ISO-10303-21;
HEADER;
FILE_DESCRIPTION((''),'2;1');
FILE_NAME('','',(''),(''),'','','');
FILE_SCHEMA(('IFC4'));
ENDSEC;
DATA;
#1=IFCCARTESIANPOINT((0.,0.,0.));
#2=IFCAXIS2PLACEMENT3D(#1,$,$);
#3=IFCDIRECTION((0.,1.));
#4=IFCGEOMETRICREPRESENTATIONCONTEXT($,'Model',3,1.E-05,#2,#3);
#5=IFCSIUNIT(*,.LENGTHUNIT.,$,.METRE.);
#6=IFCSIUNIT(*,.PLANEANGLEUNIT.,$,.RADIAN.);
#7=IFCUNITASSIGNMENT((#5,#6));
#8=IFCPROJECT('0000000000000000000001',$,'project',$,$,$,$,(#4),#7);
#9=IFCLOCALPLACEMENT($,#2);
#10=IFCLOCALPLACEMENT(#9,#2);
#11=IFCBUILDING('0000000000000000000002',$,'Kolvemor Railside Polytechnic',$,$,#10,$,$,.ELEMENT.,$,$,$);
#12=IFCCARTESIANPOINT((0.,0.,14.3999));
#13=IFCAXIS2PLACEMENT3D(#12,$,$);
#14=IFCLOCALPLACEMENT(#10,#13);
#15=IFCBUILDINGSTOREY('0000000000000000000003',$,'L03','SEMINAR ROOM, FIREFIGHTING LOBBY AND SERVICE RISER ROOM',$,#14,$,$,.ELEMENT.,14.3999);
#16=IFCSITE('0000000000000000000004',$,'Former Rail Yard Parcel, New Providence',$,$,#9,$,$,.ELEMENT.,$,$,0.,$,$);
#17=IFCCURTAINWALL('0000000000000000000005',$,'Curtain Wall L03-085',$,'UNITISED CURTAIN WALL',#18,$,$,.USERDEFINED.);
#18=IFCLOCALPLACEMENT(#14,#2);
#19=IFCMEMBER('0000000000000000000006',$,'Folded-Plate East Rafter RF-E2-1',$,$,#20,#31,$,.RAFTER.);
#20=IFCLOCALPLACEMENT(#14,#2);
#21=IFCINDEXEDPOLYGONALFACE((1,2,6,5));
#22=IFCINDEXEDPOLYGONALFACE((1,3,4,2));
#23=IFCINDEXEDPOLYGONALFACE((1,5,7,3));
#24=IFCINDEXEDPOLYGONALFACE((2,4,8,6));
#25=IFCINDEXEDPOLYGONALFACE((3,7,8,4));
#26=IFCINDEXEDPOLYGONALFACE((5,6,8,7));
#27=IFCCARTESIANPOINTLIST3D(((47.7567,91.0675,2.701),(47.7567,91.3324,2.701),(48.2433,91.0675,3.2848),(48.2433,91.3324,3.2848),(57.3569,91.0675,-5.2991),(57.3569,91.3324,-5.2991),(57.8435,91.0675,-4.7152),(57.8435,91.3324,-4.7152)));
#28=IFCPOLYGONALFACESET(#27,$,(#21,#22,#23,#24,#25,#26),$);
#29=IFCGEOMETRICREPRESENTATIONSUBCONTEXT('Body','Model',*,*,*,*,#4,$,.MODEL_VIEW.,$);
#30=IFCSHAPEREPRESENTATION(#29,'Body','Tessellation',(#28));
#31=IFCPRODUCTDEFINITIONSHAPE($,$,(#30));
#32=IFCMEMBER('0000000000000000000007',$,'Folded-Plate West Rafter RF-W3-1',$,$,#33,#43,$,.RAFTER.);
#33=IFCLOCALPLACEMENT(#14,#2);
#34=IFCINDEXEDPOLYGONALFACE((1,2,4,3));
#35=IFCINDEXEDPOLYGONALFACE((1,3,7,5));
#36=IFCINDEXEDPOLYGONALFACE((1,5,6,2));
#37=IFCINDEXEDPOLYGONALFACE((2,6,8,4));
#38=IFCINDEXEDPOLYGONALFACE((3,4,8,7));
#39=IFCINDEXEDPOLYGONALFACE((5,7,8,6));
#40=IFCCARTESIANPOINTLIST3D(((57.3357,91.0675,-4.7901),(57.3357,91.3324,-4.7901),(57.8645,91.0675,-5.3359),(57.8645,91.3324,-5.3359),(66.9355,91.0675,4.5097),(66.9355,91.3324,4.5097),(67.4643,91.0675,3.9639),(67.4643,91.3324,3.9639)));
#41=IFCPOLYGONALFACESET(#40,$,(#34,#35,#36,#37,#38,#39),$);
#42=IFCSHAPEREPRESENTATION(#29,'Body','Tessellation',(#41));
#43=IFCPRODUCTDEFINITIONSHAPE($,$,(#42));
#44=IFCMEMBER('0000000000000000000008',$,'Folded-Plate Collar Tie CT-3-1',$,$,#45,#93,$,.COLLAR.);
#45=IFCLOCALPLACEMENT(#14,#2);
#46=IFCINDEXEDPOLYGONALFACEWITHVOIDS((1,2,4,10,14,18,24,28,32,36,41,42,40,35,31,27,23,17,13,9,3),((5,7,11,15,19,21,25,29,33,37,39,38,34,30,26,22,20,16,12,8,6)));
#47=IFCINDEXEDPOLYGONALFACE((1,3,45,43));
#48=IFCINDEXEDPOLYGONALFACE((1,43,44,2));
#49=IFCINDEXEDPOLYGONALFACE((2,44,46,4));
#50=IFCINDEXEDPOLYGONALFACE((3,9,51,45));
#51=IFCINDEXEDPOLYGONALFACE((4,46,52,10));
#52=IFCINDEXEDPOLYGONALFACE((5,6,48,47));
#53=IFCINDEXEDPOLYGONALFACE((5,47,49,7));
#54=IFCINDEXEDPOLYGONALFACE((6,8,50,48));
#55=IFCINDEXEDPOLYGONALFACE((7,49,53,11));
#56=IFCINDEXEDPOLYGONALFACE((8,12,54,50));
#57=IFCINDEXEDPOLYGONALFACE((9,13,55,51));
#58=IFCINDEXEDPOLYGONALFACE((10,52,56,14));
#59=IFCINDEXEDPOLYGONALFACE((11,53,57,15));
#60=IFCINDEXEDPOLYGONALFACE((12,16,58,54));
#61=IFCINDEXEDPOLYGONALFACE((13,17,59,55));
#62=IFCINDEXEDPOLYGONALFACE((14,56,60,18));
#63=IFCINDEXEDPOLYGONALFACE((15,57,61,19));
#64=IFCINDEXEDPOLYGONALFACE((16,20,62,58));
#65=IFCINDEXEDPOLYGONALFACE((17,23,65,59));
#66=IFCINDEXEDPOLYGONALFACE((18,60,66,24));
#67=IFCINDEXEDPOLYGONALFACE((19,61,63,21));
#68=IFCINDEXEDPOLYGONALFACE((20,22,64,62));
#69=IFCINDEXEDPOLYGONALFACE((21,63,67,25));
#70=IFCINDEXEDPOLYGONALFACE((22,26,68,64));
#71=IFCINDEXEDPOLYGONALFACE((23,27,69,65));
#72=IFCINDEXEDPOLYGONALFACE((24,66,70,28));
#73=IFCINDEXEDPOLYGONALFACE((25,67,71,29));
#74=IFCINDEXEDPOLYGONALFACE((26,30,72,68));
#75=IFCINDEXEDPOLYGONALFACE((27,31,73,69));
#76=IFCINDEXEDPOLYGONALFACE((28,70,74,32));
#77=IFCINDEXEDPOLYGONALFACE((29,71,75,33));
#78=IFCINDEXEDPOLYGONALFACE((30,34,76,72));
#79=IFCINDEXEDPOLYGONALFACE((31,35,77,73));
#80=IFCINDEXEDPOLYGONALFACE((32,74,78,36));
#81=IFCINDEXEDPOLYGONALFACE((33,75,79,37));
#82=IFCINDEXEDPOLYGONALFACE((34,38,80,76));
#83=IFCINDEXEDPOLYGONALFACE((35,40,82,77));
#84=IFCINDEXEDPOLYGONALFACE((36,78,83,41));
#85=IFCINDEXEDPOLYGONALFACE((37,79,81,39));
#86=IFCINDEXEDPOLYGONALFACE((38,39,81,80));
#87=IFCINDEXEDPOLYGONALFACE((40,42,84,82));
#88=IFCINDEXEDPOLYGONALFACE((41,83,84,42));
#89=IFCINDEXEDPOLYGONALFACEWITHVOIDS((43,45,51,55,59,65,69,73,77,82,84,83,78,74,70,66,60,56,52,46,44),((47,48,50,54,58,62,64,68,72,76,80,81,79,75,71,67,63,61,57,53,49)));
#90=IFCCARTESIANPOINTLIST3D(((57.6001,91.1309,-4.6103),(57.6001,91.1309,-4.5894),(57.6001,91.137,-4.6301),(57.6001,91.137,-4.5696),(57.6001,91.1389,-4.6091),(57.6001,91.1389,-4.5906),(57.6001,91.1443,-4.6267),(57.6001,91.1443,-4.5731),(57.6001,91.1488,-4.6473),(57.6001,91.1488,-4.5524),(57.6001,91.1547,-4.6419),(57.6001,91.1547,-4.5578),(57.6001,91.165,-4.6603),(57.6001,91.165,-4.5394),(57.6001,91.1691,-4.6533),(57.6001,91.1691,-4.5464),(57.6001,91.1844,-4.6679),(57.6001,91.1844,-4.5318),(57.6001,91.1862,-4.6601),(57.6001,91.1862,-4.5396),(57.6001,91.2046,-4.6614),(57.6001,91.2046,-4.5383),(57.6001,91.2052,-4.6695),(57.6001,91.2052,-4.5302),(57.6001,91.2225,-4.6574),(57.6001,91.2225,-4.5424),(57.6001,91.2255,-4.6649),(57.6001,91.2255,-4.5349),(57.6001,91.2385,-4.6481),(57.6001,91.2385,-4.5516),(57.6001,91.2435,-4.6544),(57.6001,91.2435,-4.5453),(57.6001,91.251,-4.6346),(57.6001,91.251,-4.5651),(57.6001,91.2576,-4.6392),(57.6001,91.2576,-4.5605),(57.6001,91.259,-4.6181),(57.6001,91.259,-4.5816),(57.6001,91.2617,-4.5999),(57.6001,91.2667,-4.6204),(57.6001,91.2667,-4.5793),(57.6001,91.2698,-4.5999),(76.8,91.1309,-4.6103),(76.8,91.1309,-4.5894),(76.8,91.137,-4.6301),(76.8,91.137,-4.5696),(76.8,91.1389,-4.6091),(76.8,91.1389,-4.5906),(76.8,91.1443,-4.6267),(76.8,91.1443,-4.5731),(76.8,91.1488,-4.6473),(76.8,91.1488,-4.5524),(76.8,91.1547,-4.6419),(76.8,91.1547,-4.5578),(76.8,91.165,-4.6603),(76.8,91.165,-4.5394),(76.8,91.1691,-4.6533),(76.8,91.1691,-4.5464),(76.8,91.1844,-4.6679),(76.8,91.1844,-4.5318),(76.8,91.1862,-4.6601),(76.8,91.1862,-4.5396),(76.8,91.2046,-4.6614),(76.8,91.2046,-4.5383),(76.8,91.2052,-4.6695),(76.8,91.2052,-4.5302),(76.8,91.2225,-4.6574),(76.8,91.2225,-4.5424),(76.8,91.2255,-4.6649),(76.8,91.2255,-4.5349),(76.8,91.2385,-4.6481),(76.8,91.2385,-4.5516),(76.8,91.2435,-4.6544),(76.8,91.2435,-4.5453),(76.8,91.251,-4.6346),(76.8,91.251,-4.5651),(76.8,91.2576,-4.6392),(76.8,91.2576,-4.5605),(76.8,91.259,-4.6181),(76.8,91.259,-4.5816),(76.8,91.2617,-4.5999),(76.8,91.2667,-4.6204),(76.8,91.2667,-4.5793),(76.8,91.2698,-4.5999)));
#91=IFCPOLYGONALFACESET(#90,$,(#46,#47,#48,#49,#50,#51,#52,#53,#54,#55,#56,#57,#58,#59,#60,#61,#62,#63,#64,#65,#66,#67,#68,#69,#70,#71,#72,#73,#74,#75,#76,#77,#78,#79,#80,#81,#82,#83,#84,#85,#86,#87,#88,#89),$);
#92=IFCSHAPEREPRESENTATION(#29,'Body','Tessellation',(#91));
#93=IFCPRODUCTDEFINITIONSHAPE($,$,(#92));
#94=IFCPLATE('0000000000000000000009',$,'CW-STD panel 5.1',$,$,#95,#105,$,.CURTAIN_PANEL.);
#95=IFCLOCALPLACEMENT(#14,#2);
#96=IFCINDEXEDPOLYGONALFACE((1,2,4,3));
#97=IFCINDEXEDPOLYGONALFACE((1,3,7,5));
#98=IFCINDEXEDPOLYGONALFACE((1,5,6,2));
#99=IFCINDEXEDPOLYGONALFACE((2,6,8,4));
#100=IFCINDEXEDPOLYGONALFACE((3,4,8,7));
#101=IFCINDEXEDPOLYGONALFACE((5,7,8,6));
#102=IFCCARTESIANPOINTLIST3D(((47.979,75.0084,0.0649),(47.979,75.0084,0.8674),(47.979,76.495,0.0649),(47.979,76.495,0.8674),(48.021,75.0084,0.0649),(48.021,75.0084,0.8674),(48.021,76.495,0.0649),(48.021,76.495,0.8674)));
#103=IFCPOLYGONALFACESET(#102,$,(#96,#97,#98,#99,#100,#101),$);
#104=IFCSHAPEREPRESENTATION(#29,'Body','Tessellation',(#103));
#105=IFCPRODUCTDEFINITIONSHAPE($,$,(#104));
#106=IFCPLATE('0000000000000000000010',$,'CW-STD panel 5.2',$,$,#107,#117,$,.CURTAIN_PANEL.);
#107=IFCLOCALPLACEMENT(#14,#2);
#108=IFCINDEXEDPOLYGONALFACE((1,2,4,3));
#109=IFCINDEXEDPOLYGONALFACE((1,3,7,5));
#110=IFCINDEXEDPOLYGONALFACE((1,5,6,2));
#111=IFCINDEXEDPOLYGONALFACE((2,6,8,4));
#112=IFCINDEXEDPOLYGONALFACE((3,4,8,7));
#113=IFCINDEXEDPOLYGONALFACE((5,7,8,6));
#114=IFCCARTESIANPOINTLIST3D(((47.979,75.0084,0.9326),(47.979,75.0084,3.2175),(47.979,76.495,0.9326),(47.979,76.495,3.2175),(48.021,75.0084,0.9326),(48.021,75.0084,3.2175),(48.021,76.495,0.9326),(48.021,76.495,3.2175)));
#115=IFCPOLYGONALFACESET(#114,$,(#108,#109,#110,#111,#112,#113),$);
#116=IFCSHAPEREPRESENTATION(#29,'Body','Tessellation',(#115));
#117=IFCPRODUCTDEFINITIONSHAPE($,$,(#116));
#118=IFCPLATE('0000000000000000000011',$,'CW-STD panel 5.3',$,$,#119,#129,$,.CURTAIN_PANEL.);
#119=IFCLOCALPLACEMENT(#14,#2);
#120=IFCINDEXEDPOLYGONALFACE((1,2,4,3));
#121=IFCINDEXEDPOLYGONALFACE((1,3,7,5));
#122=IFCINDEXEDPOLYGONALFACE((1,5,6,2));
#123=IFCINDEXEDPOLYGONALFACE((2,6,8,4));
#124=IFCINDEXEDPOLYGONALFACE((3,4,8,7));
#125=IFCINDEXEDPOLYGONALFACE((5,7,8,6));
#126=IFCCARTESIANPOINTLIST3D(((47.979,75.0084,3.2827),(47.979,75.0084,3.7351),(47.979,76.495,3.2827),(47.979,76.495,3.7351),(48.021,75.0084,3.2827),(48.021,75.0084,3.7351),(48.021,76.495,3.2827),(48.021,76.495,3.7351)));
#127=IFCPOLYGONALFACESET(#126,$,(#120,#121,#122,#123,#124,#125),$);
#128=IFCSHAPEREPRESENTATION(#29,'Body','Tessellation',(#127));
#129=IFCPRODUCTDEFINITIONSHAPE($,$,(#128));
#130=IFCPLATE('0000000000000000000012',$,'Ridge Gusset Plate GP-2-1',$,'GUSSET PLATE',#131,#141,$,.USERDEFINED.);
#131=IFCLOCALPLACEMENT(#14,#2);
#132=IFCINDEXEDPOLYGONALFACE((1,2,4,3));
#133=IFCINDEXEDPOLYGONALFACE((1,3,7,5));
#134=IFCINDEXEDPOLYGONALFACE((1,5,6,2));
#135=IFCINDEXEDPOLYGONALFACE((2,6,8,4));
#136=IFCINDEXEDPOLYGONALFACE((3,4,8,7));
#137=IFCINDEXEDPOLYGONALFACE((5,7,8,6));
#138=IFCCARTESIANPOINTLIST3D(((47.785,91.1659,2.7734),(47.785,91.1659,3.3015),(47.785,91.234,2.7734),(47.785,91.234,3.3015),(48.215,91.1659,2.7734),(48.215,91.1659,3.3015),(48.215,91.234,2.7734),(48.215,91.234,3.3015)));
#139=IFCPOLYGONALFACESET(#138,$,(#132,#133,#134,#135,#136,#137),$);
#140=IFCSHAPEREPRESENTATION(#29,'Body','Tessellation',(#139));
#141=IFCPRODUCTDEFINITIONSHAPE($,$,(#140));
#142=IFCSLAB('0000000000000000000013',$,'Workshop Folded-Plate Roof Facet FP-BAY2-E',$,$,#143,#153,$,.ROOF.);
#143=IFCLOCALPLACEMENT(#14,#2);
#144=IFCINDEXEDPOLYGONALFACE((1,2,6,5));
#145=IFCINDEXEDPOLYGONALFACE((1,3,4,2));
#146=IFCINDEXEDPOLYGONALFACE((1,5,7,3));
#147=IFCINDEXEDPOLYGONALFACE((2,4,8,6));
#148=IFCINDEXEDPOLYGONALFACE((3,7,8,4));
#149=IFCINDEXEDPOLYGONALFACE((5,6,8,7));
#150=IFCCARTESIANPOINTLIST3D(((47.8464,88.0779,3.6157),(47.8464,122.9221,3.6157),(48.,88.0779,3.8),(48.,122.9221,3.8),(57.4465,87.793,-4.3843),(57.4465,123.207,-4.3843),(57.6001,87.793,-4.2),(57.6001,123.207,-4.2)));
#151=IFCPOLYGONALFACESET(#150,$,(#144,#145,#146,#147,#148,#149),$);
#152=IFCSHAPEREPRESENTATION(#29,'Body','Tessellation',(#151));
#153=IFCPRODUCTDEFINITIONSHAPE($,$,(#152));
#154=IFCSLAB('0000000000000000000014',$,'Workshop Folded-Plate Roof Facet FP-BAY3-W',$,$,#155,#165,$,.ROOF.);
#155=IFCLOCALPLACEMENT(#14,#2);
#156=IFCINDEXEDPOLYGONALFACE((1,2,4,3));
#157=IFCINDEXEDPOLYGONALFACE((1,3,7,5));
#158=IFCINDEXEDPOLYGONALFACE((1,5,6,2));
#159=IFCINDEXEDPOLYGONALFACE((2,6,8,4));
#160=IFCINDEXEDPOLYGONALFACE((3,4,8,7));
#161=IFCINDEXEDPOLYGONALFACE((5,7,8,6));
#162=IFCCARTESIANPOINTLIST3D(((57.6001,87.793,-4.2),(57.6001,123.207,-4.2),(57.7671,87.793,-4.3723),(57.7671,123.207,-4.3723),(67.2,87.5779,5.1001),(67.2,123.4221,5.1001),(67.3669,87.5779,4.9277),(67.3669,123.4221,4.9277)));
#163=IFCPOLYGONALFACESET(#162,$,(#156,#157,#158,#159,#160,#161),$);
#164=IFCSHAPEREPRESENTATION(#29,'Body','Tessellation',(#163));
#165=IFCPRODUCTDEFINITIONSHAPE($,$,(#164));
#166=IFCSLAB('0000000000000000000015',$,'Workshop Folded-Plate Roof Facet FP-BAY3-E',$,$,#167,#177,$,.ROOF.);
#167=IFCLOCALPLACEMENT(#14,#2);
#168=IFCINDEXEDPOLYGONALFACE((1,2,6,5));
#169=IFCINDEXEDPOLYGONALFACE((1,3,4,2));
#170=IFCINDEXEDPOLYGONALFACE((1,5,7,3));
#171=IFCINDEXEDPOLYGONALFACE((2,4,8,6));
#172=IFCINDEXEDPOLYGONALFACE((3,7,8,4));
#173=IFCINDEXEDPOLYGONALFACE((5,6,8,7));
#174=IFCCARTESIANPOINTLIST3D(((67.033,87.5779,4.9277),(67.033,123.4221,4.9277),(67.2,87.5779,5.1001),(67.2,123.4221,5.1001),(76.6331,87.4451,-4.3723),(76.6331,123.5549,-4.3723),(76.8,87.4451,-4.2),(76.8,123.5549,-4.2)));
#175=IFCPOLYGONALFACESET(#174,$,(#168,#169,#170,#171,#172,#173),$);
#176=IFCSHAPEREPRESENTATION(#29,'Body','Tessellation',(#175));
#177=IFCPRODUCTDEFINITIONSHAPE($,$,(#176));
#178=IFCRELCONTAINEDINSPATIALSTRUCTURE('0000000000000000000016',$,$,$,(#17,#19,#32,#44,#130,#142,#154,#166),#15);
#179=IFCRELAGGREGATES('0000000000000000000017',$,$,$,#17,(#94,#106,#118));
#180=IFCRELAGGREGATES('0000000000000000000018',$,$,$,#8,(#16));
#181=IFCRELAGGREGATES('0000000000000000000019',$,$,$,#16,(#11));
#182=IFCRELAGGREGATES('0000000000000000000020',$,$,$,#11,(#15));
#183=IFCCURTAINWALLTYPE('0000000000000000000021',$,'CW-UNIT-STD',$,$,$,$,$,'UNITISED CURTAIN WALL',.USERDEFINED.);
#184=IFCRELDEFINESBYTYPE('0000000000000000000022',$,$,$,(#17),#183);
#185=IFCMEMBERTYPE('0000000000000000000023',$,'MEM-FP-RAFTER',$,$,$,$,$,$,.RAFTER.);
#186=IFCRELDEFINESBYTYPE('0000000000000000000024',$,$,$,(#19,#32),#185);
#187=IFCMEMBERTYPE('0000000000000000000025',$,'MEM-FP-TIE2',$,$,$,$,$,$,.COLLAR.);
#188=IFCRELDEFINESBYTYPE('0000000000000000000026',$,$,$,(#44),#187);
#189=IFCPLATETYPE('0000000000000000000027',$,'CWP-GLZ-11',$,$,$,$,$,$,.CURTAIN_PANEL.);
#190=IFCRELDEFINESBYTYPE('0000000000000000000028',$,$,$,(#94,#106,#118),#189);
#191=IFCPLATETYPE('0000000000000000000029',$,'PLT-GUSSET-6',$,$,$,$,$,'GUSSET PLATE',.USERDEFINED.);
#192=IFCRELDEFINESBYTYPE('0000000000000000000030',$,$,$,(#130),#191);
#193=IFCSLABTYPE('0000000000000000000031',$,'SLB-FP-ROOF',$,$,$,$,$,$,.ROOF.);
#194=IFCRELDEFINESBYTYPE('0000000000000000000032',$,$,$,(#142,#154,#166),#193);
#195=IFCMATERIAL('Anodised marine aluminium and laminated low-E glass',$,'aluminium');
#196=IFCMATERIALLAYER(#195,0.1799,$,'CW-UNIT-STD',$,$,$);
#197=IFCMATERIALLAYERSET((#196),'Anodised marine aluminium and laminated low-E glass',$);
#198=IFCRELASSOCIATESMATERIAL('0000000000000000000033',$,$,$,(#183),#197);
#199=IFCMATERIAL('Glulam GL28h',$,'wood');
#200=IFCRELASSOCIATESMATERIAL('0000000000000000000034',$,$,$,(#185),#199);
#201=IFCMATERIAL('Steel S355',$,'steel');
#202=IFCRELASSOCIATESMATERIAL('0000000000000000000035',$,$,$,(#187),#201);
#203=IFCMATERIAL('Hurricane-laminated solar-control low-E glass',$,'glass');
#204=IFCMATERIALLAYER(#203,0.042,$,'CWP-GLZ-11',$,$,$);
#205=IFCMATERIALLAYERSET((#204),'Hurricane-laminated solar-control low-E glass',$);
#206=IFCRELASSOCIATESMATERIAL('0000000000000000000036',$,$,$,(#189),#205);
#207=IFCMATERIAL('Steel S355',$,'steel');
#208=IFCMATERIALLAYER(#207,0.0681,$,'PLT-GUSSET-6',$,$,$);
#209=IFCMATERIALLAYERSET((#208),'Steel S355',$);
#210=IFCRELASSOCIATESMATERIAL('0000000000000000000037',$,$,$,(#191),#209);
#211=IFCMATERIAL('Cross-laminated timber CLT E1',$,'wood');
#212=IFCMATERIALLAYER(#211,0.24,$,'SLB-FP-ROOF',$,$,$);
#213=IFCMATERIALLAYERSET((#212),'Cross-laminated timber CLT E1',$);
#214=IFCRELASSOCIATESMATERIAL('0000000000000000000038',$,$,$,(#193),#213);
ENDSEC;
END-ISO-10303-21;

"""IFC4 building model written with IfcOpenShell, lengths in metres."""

from ifc_helpers import new_model, si_unit, direction, frame, origin, origin_2d, place, context, subcontext, project, spatial, polyline, rectangle, hollow_circle, outline, extrude, material, layer, layer_set, material_profile, profile_set, type_object, element, aggregate, save


model = new_model("IFC4")

# Units and contexts
model_context = context("Model", 3, precision=1e-05, world=origin(), true_north=direction((0.0, 1.0)))
body_context = subcontext(model_context, "Body", "Model", "MODEL_VIEW")
ifc_project = project(units=[si_unit("LENGTHUNIT", "METRE"), si_unit("PLANEANGLEUNIT", "RADIAN")], contexts=[model_context])

# Site, building, storey
site_placement = place(None, origin())
site = spatial("IfcSite", under=ifc_project, at=site_placement, Name="Former Rail Yard Parcel, New Providence", CompositionType="ELEMENT", RefElevation=0.0)
building_placement = place(site_placement, origin())
building = spatial("IfcBuilding", under=site, at=building_placement, Name="Kolvemor Railside Polytechnic", CompositionType="ELEMENT")
storey_placement = place(building_placement, frame((0.0, 0.0, 14.3999)))
storey = spatial("IfcBuildingStorey", under=building, at=storey_placement, Name="L03", Description="SEMINAR ROOM, FIREFIGHTING LOBBY AND SERVICE RISER ROOM", CompositionType="ELEMENT", Elevation=14.3999)

# Curtain wall
ifc_material_1 = material(Name="Anodised marine aluminium and laminated low-E glass", Category="aluminium")
ifc_layer_1 = layer(ifc_material_1, 0.1799, Name="CW-UNIT-STD")
ifc_layer_set_1 = layer_set([ifc_layer_1], Name="Anodised marine aluminium and laminated low-E glass")
curtain_wall_type = type_object("IfcCurtainWallType", Name="CW-UNIT-STD", ElementType="UNITISED CURTAIN WALL", PredefinedType="USERDEFINED", material=ifc_layer_set_1)
curtain_wall_placement = place(storey_placement, origin())
curtain_wall = element("IfcCurtainWall", 1, at=curtain_wall_placement, inside=storey, type_object=curtain_wall_type, Name="Curtain Wall L03-085", ObjectType="UNITISED CURTAIN WALL", PredefinedType="USERDEFINED")

# Members
ifc_material_2 = material(Name="Glulam GL28h", Category="wood")
ifc_material_profile_1 = material_profile(ifc_material_2, rectangle(XDim=0.2649, YDim=0.76, at=origin_2d()), Name="GL265x760")
ifc_profile_set_1 = profile_set([ifc_material_profile_1], Name="Glulam GL28h")
member_type_1 = type_object("IfcMemberType", Name="MEM-FP-RAFTER", PredefinedType="RAFTER", material=ifc_profile_set_1)
member_1_placement = place(storey_placement, frame((48.0, 91.2, 2.9929), z_axis=(0.768224, 0.0, -0.640181), x_axis=(0.0, 1.0, 0.0)))
element("IfcMember", 2, at=member_1_placement, inside=storey, type_object=member_type_1, Name="Folded-Plate East Rafter RF-E2-1", PredefinedType="RAFTER", context=body_context, shape_type="SweptSolid", body=[
    extrude(rectangle(XDim=0.2649, YDim=0.76, at=origin_2d()), origin(), (0.0, 0.0, 1.0), 12.4966),
])
member_2_placement = place(storey_placement, frame((57.6001, 91.2, -5.063), z_axis=(0.718242, 0.0, 0.695793), x_axis=(0.0, 1.0, 0.0)))
element("IfcMember", 3, at=member_2_placement, inside=storey, type_object=member_type_1, Name="Folded-Plate West Rafter RF-W3-1", PredefinedType="RAFTER", context=body_context, shape_type="SweptSolid", body=[
    extrude(rectangle(XDim=0.2649, YDim=0.76, at=origin_2d()), origin(), (0.0, 0.0, 1.0), 13.3657),
])
ifc_material_3 = material(Name="Steel S355", Category="steel")
ifc_material_profile_2 = material_profile(ifc_material_3, hollow_circle(Radius=0.0698, WallThickness=0.0081, at=origin_2d()), Name="CHS139.7x8")
ifc_profile_set_2 = profile_set([ifc_material_profile_2], Name="Steel S355")
member_type_2 = type_object("IfcMemberType", Name="MEM-FP-TIE2", PredefinedType="COLLAR", material=ifc_profile_set_2)
member_3_placement = place(storey_placement, frame((57.6001, 91.2, -4.5999), z_axis=(1.0, 0.0, 0.0), x_axis=(0.0, 1.0, 0.0)))
element("IfcMember", 4, at=member_3_placement, inside=storey, type_object=member_type_2, Name="Folded-Plate Collar Tie CT-3-1", PredefinedType="COLLAR", context=body_context, shape_type="SweptSolid", body=[
    extrude(hollow_circle(Radius=0.0698, WallThickness=0.0081, at=origin_2d()), origin(), (0.0, 0.0, 1.0), 19.2),
])

# Plates
ifc_material_4 = material(Name="Hurricane-laminated solar-control low-E glass", Category="glass")
ifc_layer_2 = layer(ifc_material_4, 0.042, Name="CWP-GLZ-11")
ifc_layer_set_2 = layer_set([ifc_layer_2], Name="Hurricane-laminated solar-control low-E glass")
plate_type_1 = type_object("IfcPlateType", Name="CWP-GLZ-11", PredefinedType="CURTAIN_PANEL", material=ifc_layer_set_2)
plate_1_placement = place(storey_placement, frame((48.0, 75.7517, 0.0649), z_axis=(0.0, 0.0, 1.0), x_axis=(0.0, 1.0, 0.0)))
plate_1 = element("IfcPlate", 5, at=plate_1_placement, type_object=plate_type_1, Name="CW-STD panel 5.1", PredefinedType="CURTAIN_PANEL", context=body_context, shape_type="SweptSolid", body=[
    extrude(rectangle(XDim=1.4866, YDim=0.042, at=origin_2d()), origin(), (0.0, 0.0, 1.0), 0.8025),
])
plate_2_placement = place(storey_placement, frame((48.0, 75.7517, 0.9326), z_axis=(0.0, 0.0, 1.0), x_axis=(0.0, 1.0, 0.0)))
plate_2 = element("IfcPlate", 6, at=plate_2_placement, type_object=plate_type_1, Name="CW-STD panel 5.2", PredefinedType="CURTAIN_PANEL", context=body_context, shape_type="SweptSolid", body=[
    extrude(rectangle(XDim=1.4866, YDim=0.042, at=origin_2d()), origin(), (0.0, 0.0, 1.0), 2.2849),
])
plate_3_placement = place(storey_placement, frame((48.0, 75.7517, 3.2827), z_axis=(0.0, 0.0, 1.0), x_axis=(0.0, 1.0, 0.0)))
plate_3 = element("IfcPlate", 7, at=plate_3_placement, type_object=plate_type_1, Name="CW-STD panel 5.3", PredefinedType="CURTAIN_PANEL", context=body_context, shape_type="SweptSolid", body=[
    extrude(rectangle(XDim=1.4866, YDim=0.042, at=origin_2d()), origin(), (0.0, 0.0, 1.0), 0.4524),
])
aggregate(curtain_wall, [plate_1, plate_2, plate_3])
ifc_material_5 = material(Name="Steel S355", Category="steel")
ifc_layer_3 = layer(ifc_material_5, 0.0681, Name="PLT-GUSSET-6")
ifc_layer_set_3 = layer_set([ifc_layer_3], Name="Steel S355")
plate_type_2 = type_object("IfcPlateType", Name="PLT-GUSSET-6", ElementType="GUSSET PLATE", PredefinedType="USERDEFINED", material=ifc_layer_set_3)
plate_4_placement = place(storey_placement, frame((48.0, 91.2, 2.7734), z_axis=(0.0, 0.0, 1.0), x_axis=(1.0, 0.0, 0.0)))
element("IfcPlate", 8, at=plate_4_placement, inside=storey, type_object=plate_type_2, Name="Ridge Gusset Plate GP-2-1", ObjectType="GUSSET PLATE", PredefinedType="USERDEFINED", context=body_context, shape_type="SweptSolid", body=[
    extrude(rectangle(XDim=0.4299, YDim=0.0681, at=origin_2d()), origin(), (0.0, 0.0, 1.0), 0.5281),
])

# Slabs
ifc_material_6 = material(Name="Cross-laminated timber CLT E1", Category="wood")
ifc_layer_4 = layer(ifc_material_6, 0.24, Name="SLB-FP-ROOF")
ifc_layer_set_4 = layer_set([ifc_layer_4], Name="Cross-laminated timber CLT E1")
slab_type = type_object("IfcSlabType", Name="SLB-FP-ROOF", PredefinedType="ROOF", material=ifc_layer_set_4)
slab_1_placement = place(storey_placement, frame((48.0, 88.0779, 3.8), z_axis=(0.640181, 0.0, 0.768224), x_axis=(0.768025, -0.022793, -0.640014)))
element("IfcSlab", 9, at=slab_1_placement, inside=storey, type_object=slab_type, Name="Workshop Folded-Plate Roof Facet FP-BAY2-E", PredefinedType="ROOF", context=body_context, shape_type="SweptSolid", body=[
    extrude(outline(polyline([(0.0, 0.0), (12.4997, 0.0), (11.6925, 35.4049), (-0.7942, 34.8352), (0.0, 0.0)])), origin(), (0.0, 0.0, -1.0), 0.24),
])
slab_2_placement = place(storey_placement, frame((57.6001, 87.793, -4.2), z_axis=(-0.695803, 0.0, 0.718233), x_axis=(0.71814, -0.01609, 0.695713)))
element("IfcSlab", 10, at=slab_2_placement, inside=storey, type_object=slab_type, Name="Workshop Folded-Plate Roof Facet FP-BAY3-W", PredefinedType="ROOF", context=body_context, shape_type="SweptSolid", body=[
    extrude(outline(polyline([(0.0, 0.0), (13.3677, 0.0), (12.7909, 35.8396), (-0.5698, 35.4095), (0.0, 0.0)])), origin(), (0.0, 0.0, -1.0), 0.24),
])
slab_3_placement = place(storey_placement, frame((67.2, 87.5779, 5.1001), z_axis=(0.695793, 0.0, 0.718242), x_axis=(0.718206, -0.009936, -0.695759)))
element("IfcSlab", 11, at=slab_3_placement, inside=storey, type_object=slab_type, Name="Workshop Folded-Plate Roof Facet FP-BAY3-E", PredefinedType="ROOF", context=body_context, shape_type="SweptSolid", body=[
    extrude(outline(polyline([(0.0, 0.0), (13.3668, 0.0), (13.008, 36.1081), (-0.3561, 35.8425), (0.0, 0.0)])), origin(), (0.0, 0.0, -1.0), 0.24),
])

save(model, "model.ifc")
